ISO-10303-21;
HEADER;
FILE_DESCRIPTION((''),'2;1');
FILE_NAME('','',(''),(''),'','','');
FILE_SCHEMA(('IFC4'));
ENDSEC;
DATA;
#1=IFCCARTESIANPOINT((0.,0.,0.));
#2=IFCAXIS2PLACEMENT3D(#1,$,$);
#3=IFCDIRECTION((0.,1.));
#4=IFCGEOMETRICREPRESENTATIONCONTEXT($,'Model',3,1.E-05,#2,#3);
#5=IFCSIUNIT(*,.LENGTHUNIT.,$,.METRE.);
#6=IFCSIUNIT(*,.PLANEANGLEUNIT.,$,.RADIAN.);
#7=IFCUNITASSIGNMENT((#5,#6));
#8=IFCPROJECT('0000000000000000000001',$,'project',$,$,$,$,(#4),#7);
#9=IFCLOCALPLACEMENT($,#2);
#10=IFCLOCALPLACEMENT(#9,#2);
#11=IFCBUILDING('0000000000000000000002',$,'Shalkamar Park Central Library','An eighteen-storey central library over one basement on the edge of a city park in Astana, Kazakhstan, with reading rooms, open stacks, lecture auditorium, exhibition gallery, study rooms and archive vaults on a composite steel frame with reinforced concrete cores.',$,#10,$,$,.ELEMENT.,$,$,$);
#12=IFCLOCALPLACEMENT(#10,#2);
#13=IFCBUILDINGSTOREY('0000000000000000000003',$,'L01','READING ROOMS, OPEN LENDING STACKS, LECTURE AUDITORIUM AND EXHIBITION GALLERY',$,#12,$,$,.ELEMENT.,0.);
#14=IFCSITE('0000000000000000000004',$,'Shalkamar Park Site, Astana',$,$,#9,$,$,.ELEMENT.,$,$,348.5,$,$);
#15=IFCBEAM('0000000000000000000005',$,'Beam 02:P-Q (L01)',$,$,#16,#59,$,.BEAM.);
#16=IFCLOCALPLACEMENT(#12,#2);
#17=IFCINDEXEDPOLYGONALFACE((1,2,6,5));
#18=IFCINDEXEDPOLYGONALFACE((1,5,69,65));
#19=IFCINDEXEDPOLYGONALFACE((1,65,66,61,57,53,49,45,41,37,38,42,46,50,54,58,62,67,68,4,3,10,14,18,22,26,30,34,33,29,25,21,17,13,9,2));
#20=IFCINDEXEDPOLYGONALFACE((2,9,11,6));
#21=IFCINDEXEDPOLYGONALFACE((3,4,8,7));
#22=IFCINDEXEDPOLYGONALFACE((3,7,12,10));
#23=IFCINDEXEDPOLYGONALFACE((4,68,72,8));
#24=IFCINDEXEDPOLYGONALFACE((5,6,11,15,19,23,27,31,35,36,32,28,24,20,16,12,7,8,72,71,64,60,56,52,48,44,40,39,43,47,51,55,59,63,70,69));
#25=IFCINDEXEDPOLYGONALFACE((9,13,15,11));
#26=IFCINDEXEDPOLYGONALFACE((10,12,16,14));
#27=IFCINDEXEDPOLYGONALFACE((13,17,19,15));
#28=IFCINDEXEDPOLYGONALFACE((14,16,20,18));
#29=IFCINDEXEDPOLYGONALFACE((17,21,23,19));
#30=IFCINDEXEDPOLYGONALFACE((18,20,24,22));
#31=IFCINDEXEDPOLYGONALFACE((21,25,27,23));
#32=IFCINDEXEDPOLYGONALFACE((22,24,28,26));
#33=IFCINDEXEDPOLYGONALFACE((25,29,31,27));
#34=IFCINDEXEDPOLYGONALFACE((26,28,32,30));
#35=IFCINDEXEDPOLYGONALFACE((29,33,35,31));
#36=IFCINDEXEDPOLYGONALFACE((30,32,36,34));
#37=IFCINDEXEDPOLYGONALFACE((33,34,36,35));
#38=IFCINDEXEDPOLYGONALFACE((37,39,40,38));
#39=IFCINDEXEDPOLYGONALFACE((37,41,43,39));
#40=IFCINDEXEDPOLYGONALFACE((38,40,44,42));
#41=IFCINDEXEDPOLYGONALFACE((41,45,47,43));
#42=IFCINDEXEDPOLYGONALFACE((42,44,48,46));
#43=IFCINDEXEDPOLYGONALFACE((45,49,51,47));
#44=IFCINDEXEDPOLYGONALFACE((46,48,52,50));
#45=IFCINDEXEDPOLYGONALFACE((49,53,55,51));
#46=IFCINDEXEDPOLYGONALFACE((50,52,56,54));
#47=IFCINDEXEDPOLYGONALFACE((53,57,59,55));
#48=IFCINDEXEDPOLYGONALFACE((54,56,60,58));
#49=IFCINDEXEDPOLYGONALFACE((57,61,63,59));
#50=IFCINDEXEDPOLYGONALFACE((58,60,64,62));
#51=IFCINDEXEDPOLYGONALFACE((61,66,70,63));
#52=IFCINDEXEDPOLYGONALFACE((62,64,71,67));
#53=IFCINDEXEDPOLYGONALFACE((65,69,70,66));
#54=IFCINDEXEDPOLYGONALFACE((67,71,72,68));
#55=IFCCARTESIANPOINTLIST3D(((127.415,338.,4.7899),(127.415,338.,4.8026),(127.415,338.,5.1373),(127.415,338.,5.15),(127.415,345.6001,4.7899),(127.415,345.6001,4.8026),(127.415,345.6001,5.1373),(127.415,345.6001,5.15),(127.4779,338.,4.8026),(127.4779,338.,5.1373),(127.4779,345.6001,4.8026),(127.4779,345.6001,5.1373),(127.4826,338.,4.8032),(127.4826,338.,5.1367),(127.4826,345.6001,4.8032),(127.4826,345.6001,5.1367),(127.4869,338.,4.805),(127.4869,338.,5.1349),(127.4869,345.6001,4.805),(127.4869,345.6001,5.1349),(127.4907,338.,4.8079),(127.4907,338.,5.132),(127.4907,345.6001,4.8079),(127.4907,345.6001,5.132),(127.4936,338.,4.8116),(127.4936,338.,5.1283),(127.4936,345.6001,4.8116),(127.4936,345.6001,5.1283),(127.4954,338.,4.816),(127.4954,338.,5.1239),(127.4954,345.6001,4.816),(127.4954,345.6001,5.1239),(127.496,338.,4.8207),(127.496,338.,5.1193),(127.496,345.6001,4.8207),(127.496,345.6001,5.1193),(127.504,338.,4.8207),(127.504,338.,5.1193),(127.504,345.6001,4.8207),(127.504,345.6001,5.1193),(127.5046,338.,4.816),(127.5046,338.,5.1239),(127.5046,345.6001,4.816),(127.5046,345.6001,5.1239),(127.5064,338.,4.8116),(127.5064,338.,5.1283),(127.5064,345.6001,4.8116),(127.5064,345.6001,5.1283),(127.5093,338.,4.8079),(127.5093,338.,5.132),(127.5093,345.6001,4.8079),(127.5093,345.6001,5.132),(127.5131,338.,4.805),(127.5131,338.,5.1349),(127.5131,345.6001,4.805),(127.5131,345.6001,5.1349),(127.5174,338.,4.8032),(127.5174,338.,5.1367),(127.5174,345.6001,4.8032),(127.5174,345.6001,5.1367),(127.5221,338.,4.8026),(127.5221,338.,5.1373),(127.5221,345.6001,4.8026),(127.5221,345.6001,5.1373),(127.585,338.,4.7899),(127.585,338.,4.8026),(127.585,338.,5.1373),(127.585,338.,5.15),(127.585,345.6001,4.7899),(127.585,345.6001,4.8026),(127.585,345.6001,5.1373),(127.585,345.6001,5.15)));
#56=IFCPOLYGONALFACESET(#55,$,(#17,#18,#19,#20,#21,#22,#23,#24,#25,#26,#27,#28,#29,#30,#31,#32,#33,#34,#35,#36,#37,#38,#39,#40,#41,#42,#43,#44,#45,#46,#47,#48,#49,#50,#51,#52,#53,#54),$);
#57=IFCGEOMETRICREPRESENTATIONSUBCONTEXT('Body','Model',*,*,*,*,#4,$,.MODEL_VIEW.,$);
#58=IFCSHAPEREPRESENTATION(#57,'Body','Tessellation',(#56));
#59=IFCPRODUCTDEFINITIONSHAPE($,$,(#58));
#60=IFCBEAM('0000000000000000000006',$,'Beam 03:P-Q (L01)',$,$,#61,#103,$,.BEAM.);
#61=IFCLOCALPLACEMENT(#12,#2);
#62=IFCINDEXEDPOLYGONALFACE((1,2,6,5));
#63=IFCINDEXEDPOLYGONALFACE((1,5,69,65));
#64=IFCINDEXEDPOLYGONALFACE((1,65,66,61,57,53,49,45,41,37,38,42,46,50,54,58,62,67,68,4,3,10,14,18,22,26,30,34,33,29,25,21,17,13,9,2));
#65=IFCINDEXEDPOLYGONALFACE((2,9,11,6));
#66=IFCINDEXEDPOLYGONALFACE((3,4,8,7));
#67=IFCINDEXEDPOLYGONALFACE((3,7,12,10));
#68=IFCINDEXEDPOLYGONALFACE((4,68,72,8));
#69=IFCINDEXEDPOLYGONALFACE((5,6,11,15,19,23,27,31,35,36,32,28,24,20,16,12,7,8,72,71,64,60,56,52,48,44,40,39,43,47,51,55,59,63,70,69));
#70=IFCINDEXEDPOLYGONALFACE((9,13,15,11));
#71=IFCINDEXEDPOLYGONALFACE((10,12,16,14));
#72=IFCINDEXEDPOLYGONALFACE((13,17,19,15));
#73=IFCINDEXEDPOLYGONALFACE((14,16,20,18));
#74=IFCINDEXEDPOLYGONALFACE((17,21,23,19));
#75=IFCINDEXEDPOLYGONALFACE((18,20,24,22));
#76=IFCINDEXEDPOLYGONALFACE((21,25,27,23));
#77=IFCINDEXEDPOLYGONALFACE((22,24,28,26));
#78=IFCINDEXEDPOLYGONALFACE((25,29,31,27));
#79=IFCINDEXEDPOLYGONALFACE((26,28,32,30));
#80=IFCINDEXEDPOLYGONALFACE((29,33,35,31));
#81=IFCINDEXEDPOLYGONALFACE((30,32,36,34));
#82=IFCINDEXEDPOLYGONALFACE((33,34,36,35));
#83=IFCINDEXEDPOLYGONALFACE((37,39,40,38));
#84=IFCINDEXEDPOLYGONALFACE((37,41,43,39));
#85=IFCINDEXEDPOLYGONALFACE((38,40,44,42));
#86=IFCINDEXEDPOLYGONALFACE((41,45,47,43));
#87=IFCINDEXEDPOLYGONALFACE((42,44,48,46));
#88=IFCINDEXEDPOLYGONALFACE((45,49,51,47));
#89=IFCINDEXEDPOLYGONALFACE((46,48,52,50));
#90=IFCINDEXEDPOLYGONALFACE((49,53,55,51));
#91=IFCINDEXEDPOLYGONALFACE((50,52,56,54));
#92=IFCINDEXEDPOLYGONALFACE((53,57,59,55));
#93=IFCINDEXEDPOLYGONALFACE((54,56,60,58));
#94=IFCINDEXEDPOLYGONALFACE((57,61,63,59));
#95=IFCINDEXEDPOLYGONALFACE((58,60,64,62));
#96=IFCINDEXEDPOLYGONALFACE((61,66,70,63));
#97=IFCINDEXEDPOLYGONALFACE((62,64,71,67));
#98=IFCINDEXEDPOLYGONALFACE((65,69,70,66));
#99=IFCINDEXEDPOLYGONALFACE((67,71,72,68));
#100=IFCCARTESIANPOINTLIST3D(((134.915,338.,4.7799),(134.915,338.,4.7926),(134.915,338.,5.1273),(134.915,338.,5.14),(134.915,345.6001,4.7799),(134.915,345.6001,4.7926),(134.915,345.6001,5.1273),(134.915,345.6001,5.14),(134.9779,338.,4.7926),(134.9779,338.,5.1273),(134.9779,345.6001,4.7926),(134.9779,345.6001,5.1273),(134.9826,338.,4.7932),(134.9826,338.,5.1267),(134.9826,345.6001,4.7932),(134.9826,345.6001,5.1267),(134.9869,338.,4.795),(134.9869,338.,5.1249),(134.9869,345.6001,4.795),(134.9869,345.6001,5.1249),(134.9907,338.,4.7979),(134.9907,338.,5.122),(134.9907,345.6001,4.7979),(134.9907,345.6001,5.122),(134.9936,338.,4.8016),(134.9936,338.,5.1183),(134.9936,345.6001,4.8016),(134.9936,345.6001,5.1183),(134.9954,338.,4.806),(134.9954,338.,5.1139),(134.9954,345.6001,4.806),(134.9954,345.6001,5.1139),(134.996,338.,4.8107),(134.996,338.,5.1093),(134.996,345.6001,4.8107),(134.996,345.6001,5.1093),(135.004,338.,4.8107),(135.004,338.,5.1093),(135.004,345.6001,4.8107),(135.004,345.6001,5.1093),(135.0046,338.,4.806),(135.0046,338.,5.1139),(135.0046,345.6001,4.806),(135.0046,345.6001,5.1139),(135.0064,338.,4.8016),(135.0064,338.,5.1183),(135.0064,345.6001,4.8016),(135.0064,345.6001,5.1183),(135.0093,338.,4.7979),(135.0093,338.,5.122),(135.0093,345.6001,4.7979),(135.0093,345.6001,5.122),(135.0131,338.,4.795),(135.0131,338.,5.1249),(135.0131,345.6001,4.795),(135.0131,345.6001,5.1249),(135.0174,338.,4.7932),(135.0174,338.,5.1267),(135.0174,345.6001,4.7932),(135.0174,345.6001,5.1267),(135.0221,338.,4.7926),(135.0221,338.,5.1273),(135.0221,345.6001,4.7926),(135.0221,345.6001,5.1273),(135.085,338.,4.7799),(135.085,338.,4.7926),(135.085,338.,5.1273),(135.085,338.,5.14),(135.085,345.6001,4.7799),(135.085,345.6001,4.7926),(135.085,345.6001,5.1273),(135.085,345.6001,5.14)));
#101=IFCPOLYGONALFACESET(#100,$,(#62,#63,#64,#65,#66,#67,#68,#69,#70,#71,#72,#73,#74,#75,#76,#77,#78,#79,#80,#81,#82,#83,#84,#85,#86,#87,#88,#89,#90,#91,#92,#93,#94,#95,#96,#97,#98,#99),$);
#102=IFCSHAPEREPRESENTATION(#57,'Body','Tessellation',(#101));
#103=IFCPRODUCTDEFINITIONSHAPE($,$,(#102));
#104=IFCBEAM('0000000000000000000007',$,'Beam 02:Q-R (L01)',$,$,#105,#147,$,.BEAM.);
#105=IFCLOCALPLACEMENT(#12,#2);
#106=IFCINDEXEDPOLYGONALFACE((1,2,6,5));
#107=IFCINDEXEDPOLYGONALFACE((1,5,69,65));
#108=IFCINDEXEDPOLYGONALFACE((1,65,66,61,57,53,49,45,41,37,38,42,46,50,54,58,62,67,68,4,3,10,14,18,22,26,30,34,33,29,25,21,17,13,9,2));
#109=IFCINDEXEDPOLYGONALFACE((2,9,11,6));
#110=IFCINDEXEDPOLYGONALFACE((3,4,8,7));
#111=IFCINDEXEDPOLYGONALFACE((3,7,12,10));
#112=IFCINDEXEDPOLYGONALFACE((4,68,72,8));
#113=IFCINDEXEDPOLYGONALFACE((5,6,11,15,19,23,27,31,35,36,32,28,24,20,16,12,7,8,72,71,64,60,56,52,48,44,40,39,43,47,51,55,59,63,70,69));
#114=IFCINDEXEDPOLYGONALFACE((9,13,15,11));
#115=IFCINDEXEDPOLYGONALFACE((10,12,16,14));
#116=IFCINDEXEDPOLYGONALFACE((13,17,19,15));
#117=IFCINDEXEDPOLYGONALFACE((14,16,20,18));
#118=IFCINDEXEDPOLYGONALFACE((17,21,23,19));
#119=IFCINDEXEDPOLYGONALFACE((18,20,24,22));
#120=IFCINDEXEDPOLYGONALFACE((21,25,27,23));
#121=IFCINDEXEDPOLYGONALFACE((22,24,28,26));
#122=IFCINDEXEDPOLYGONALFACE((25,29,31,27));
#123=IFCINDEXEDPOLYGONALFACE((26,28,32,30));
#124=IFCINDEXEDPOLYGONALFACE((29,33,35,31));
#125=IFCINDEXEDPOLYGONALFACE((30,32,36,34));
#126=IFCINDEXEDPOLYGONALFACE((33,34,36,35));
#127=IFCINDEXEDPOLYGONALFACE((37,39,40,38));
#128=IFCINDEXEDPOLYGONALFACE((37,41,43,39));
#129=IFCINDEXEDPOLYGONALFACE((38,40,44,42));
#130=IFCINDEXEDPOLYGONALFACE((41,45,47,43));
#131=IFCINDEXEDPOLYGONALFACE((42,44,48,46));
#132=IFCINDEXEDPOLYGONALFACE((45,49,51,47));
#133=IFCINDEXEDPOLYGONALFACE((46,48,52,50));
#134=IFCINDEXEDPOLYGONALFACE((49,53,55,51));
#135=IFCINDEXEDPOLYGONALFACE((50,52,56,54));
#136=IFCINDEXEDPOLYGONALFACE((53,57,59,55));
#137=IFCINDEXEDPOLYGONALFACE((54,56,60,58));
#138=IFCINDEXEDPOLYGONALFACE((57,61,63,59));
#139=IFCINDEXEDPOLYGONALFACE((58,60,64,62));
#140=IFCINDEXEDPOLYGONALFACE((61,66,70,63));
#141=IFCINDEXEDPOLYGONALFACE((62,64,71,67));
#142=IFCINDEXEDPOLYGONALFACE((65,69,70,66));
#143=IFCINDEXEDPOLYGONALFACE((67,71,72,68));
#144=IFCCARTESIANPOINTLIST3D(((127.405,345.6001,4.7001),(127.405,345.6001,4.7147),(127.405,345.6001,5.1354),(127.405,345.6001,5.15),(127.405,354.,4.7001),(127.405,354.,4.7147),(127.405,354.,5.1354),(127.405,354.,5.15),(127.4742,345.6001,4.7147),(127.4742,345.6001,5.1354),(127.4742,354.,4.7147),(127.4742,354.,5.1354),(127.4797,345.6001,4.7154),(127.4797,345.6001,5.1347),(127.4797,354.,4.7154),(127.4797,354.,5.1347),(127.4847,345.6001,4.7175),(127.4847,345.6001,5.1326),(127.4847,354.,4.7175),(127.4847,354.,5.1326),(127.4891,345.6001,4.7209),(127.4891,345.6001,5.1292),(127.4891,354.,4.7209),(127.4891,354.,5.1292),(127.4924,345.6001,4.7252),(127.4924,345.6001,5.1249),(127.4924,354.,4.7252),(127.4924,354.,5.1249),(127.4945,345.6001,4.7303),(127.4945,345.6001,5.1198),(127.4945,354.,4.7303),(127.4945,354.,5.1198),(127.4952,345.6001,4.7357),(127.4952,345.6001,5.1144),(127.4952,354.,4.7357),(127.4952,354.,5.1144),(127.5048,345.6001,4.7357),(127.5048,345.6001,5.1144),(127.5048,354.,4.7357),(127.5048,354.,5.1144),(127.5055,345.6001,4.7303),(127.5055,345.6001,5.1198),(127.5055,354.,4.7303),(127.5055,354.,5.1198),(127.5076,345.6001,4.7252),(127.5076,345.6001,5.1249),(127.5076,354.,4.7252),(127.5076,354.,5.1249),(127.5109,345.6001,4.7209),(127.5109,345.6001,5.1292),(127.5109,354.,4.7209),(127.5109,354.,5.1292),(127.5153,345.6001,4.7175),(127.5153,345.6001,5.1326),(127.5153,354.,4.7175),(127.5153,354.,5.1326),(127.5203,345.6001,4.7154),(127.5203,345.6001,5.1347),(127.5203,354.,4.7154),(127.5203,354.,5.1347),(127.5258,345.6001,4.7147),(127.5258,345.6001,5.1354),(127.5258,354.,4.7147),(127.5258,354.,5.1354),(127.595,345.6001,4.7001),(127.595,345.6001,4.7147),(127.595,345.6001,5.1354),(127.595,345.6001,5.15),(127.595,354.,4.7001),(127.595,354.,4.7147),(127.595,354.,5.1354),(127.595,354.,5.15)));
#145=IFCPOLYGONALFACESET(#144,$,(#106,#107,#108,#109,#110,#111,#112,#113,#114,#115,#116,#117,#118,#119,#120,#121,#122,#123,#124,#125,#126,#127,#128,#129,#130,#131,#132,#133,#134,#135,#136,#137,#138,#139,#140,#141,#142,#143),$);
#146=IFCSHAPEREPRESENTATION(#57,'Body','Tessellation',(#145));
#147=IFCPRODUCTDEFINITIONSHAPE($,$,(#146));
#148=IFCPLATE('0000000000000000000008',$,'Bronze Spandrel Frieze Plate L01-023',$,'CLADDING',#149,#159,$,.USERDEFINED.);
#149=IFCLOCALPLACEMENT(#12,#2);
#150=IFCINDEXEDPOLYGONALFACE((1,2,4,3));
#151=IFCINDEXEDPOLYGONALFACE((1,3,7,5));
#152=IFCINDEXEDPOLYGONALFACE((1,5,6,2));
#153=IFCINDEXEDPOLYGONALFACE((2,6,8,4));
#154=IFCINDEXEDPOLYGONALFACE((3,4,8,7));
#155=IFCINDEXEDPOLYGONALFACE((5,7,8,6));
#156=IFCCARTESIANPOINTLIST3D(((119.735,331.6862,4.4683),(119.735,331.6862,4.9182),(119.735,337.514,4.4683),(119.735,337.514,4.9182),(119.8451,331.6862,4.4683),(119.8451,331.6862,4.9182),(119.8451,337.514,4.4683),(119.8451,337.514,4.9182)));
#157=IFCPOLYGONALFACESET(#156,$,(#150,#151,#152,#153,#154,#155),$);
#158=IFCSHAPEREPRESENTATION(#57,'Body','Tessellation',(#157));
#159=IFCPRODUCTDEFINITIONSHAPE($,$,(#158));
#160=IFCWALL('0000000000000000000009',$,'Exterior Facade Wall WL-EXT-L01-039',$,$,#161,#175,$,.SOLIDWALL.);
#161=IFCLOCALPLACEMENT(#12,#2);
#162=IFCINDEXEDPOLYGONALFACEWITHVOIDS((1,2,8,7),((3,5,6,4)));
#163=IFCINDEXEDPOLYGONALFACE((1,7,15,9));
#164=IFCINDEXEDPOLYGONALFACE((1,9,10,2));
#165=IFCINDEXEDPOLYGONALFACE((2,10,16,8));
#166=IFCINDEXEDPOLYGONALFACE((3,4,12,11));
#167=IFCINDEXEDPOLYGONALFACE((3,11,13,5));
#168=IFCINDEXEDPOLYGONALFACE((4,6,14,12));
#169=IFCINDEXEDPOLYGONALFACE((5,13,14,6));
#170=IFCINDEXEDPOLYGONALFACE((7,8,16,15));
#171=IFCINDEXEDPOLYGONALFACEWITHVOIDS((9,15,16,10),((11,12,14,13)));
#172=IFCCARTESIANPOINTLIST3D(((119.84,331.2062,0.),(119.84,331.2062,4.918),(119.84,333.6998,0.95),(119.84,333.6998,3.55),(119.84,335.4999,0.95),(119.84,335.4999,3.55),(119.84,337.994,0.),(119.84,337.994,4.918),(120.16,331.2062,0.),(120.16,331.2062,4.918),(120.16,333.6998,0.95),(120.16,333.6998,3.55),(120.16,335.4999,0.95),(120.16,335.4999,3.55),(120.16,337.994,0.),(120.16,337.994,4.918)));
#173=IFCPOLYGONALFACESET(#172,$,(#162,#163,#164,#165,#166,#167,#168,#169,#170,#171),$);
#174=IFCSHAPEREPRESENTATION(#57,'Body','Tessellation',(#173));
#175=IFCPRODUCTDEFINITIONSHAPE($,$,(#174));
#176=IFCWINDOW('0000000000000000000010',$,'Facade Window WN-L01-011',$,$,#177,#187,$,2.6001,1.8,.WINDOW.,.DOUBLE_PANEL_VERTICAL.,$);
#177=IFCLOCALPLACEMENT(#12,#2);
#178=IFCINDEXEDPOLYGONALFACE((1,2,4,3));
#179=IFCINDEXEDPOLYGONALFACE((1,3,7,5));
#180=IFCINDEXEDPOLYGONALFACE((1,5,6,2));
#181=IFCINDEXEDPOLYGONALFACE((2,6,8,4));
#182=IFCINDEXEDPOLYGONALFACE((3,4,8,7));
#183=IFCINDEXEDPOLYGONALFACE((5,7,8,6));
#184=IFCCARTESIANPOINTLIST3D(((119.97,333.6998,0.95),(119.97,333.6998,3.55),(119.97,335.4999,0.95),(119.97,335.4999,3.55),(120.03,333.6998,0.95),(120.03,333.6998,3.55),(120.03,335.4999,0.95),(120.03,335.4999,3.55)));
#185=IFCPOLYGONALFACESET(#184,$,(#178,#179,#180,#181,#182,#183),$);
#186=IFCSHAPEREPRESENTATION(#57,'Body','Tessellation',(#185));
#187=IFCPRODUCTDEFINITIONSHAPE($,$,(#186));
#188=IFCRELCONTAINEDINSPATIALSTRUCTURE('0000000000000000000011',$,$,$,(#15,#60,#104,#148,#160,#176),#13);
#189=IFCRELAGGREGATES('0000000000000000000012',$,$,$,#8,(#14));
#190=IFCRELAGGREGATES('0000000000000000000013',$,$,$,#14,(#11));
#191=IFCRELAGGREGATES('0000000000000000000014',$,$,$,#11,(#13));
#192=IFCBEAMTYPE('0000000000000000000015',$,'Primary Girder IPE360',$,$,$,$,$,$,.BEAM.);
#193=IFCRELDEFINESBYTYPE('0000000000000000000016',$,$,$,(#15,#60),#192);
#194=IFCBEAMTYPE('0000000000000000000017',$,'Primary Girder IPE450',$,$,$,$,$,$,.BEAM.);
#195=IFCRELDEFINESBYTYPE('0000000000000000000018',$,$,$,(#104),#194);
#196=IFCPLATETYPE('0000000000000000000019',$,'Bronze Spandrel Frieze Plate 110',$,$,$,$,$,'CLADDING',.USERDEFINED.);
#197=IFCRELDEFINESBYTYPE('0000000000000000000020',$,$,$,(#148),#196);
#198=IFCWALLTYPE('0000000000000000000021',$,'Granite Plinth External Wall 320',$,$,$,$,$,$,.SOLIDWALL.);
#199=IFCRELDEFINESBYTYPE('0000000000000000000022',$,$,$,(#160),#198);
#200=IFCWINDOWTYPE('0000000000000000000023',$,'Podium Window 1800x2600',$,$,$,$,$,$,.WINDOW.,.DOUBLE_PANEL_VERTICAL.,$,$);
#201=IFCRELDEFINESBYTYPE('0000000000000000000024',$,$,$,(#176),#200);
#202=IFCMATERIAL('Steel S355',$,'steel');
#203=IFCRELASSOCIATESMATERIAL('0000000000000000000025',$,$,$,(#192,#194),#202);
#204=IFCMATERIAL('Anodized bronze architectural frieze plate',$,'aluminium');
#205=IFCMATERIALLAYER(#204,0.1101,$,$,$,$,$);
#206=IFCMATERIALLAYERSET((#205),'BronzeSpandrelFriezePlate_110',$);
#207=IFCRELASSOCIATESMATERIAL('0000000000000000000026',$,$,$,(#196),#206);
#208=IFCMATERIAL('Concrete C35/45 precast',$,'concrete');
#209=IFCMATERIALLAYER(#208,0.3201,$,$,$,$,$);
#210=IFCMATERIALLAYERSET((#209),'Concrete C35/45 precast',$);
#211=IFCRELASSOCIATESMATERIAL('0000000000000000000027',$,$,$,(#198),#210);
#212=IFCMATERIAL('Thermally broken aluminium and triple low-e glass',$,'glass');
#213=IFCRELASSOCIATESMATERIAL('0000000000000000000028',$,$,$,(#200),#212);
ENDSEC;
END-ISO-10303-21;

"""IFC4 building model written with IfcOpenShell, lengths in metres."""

from ifc_helpers import new_model, si_unit, direction, frame, frame_2d, origin, origin_2d, place, context, subcontext, project, spatial, rectangle, i_section, extrude, material, layer, layer_set, material_profile, profile_set, type_object, element, fill, save


model = new_model("IFC4")

# Units and contexts
model_context = context("Model", 3, precision=1e-05, world=origin(), true_north=direction((0.0, 1.0)))
body_context = subcontext(model_context, "Body", "Model", "MODEL_VIEW")
ifc_project = project(units=[si_unit("LENGTHUNIT", "METRE"), si_unit("PLANEANGLEUNIT", "RADIAN")], contexts=[model_context])

# Site, building, storey
site_placement = place(None, origin())
site = spatial("IfcSite", under=ifc_project, at=site_placement, Name="Shalkamar Park Site, Astana", CompositionType="ELEMENT", RefElevation=348.5)
building_placement = place(site_placement, origin())
building = spatial("IfcBuilding", under=site, at=building_placement, Name="Shalkamar Park Central Library", Description="An eighteen-storey central library over one basement on the edge of a city park in Astana, Kazakhstan, with reading rooms, open stacks, lecture auditorium, exhibition gallery, study rooms and archive vaults on a composite steel frame with reinforced concrete cores.", CompositionType="ELEMENT")
storey_placement = place(building_placement, origin())
storey = spatial("IfcBuildingStorey", under=building, at=storey_placement, Name="L01", Description="READING ROOMS, OPEN LENDING STACKS, LECTURE AUDITORIUM AND EXHIBITION GALLERY", CompositionType="ELEMENT", Elevation=0.0)

# Shared definitions
ifc_material_1 = material(Name="Steel S355", Category="steel")

# Beams
ifc_material_profile_1 = material_profile(ifc_material_1, i_section(OverallWidth=0.1699, OverallDepth=0.3601, WebThickness=0.0081, FlangeThickness=0.0127, FilletRadius=0.0181, at=origin_2d()), Name="IPE 360")
ifc_profile_set_1 = profile_set([ifc_material_profile_1], Name="Steel S355")
beam_type_1 = type_object("IfcBeamType", Name="Primary Girder IPE360", PredefinedType="BEAM", material=ifc_profile_set_1)
for number, where, z_axis, x_axis, name in (
    (1, (127.5, 338.0, 4.97), (0.0, 1.0, 0.0), (-1.0, 0.0, 0.0), "Beam 02:P-Q (L01)"),
    (2, (135.0, 338.0, 4.96), (0.0, 1.0, 0.0), (-1.0, 0.0, 0.0), "Beam 03:P-Q (L01)"),
):
    element("IfcBeam", number, at=place(storey_placement, frame(where, z_axis=z_axis, x_axis=x_axis)), inside=storey, type_object=beam_type_1, Name=name, PredefinedType="BEAM", context=body_context, shape_type="SweptSolid", body=[
        extrude(i_section(OverallWidth=0.1699, OverallDepth=0.3601, WebThickness=0.0081, FlangeThickness=0.0127, FilletRadius=0.0181, at=origin_2d()), origin(), (0.0, 0.0, 1.0), 7.6001),
    ])
ifc_material_profile_2 = material_profile(ifc_material_1, i_section(OverallWidth=0.1899, OverallDepth=0.45, WebThickness=0.0095, FlangeThickness=0.0146, FilletRadius=0.021, at=origin_2d()), Name="IPE 450")
ifc_profile_set_2 = profile_set([ifc_material_profile_2], Name="Steel S355")
beam_type_2 = type_object("IfcBeamType", Name="Primary Girder IPE450", PredefinedType="BEAM", material=ifc_profile_set_2)
beam_1_placement = place(storey_placement, frame((127.5, 345.6001, 4.925), z_axis=(0.0, 1.0, 0.0), x_axis=(-1.0, 0.0, 0.0)))
element("IfcBeam", 3, at=beam_1_placement, inside=storey, type_object=beam_type_2, Name="Beam 02:Q-R (L01)", PredefinedType="BEAM", context=body_context, shape_type="SweptSolid", body=[
    extrude(i_section(OverallWidth=0.1899, OverallDepth=0.45, WebThickness=0.0095, FlangeThickness=0.0146, FilletRadius=0.021, at=origin_2d()), origin(), (0.0, 0.0, 1.0), 8.3999),
])

# Plate
ifc_material_2 = material(Name="Anodized bronze architectural frieze plate", Category="aluminium")
ifc_layer_1 = layer(ifc_material_2, 0.1101)
ifc_layer_set_1 = layer_set([ifc_layer_1], Name="BronzeSpandrelFriezePlate_110")
plate_type = type_object("IfcPlateType", Name="Bronze Spandrel Frieze Plate 110", ElementType="CLADDING", PredefinedType="USERDEFINED", material=ifc_layer_set_1)
plate_placement = place(storey_placement, frame((119.79, 334.6001, 4.4683), z_axis=(0.0, 0.0, 1.0), x_axis=(1.0, 0.0, 0.0)))
element("IfcPlate", 4, at=plate_placement, inside=storey, type_object=plate_type, Name="Bronze Spandrel Frieze Plate L01-023", ObjectType="CLADDING", PredefinedType="USERDEFINED", context=body_context, shape_type="SweptSolid", body=[
    extrude(rectangle(XDim=0.1101, YDim=5.8279, at=origin_2d()), origin(), (0.0, 0.0, 1.0), 0.45),
])

# Wall, opening, window
ifc_material_3 = material(Name="Concrete C35/45 precast", Category="concrete")
ifc_layer_2 = layer(ifc_material_3, 0.3201)
ifc_layer_set_2 = layer_set([ifc_layer_2], Name="Concrete C35/45 precast")
wall_type_1 = type_object("IfcWallType", Name="Granite Plinth External Wall 320", PredefinedType="SOLIDWALL", material=ifc_layer_set_2)
wall_1_placement = place(storey_placement, frame((120.0, 331.2061, 0.0), z_axis=(0.0, 0.0, 1.0), x_axis=(0.0, 1.0, 0.0)))
wall_1 = element("IfcWall", 5, at=wall_1_placement, inside=storey, type_object=wall_type_1, Name="Exterior Facade Wall WL-EXT-L01-039", PredefinedType="SOLIDWALL", context=body_context, shape_type="SweptSolid", body=[
    extrude(rectangle(XDim=6.7878, YDim=0.3201, at=frame_2d((3.394, 0.0))), origin(), (0.0, 0.0, 1.0), 4.918),
])
opening_1_placement = place(wall_1_placement, frame((2.4939, 0.0, 0.95)))
opening_1 = element("IfcOpeningElement", 6, at=opening_1_placement, cuts=wall_1, PredefinedType="OPENING", context=body_context, shape_type="SweptSolid", body=[
    extrude(rectangle(XDim=1.8, YDim=2.6001, at=frame_2d((0.8999, 1.3))), frame((0.0, 0.1748, 0.0), z_axis=(0.0, -1.0, 0.0), x_axis=(1.0, 0.0, 0.0)), (0.0, 0.0, 1.0), 0.3499),
])
ifc_material_4 = material(Name="Thermally broken aluminium and triple low-e glass", Category="glass")
window_type_1 = type_object("IfcWindowType", Name="Podium Window 1800x2600", PartitioningType="DOUBLE_PANEL_VERTICAL", PredefinedType="WINDOW", material=ifc_material_4)
window_1_placement = place(opening_1_placement, origin())
window_1 = element("IfcWindow", 7, at=window_1_placement, inside=storey, type_object=window_type_1, Name="Facade Window WN-L01-011", OverallHeight=2.6001, OverallWidth=1.8, PartitioningType="DOUBLE_PANEL_VERTICAL", PredefinedType="WINDOW", context=body_context, shape_type="SweptSolid", body=[
    extrude(rectangle(XDim=1.8, YDim=2.6001, at=frame_2d((0.8999, 1.3))), frame((0.0, 0.03, 0.0), z_axis=(0.0, -1.0, 0.0), x_axis=(1.0, 0.0, 0.0)), (0.0, 0.0, 1.0), 0.0601),
])
fill(opening_1, window_1)

save(model, "model.ifc")
